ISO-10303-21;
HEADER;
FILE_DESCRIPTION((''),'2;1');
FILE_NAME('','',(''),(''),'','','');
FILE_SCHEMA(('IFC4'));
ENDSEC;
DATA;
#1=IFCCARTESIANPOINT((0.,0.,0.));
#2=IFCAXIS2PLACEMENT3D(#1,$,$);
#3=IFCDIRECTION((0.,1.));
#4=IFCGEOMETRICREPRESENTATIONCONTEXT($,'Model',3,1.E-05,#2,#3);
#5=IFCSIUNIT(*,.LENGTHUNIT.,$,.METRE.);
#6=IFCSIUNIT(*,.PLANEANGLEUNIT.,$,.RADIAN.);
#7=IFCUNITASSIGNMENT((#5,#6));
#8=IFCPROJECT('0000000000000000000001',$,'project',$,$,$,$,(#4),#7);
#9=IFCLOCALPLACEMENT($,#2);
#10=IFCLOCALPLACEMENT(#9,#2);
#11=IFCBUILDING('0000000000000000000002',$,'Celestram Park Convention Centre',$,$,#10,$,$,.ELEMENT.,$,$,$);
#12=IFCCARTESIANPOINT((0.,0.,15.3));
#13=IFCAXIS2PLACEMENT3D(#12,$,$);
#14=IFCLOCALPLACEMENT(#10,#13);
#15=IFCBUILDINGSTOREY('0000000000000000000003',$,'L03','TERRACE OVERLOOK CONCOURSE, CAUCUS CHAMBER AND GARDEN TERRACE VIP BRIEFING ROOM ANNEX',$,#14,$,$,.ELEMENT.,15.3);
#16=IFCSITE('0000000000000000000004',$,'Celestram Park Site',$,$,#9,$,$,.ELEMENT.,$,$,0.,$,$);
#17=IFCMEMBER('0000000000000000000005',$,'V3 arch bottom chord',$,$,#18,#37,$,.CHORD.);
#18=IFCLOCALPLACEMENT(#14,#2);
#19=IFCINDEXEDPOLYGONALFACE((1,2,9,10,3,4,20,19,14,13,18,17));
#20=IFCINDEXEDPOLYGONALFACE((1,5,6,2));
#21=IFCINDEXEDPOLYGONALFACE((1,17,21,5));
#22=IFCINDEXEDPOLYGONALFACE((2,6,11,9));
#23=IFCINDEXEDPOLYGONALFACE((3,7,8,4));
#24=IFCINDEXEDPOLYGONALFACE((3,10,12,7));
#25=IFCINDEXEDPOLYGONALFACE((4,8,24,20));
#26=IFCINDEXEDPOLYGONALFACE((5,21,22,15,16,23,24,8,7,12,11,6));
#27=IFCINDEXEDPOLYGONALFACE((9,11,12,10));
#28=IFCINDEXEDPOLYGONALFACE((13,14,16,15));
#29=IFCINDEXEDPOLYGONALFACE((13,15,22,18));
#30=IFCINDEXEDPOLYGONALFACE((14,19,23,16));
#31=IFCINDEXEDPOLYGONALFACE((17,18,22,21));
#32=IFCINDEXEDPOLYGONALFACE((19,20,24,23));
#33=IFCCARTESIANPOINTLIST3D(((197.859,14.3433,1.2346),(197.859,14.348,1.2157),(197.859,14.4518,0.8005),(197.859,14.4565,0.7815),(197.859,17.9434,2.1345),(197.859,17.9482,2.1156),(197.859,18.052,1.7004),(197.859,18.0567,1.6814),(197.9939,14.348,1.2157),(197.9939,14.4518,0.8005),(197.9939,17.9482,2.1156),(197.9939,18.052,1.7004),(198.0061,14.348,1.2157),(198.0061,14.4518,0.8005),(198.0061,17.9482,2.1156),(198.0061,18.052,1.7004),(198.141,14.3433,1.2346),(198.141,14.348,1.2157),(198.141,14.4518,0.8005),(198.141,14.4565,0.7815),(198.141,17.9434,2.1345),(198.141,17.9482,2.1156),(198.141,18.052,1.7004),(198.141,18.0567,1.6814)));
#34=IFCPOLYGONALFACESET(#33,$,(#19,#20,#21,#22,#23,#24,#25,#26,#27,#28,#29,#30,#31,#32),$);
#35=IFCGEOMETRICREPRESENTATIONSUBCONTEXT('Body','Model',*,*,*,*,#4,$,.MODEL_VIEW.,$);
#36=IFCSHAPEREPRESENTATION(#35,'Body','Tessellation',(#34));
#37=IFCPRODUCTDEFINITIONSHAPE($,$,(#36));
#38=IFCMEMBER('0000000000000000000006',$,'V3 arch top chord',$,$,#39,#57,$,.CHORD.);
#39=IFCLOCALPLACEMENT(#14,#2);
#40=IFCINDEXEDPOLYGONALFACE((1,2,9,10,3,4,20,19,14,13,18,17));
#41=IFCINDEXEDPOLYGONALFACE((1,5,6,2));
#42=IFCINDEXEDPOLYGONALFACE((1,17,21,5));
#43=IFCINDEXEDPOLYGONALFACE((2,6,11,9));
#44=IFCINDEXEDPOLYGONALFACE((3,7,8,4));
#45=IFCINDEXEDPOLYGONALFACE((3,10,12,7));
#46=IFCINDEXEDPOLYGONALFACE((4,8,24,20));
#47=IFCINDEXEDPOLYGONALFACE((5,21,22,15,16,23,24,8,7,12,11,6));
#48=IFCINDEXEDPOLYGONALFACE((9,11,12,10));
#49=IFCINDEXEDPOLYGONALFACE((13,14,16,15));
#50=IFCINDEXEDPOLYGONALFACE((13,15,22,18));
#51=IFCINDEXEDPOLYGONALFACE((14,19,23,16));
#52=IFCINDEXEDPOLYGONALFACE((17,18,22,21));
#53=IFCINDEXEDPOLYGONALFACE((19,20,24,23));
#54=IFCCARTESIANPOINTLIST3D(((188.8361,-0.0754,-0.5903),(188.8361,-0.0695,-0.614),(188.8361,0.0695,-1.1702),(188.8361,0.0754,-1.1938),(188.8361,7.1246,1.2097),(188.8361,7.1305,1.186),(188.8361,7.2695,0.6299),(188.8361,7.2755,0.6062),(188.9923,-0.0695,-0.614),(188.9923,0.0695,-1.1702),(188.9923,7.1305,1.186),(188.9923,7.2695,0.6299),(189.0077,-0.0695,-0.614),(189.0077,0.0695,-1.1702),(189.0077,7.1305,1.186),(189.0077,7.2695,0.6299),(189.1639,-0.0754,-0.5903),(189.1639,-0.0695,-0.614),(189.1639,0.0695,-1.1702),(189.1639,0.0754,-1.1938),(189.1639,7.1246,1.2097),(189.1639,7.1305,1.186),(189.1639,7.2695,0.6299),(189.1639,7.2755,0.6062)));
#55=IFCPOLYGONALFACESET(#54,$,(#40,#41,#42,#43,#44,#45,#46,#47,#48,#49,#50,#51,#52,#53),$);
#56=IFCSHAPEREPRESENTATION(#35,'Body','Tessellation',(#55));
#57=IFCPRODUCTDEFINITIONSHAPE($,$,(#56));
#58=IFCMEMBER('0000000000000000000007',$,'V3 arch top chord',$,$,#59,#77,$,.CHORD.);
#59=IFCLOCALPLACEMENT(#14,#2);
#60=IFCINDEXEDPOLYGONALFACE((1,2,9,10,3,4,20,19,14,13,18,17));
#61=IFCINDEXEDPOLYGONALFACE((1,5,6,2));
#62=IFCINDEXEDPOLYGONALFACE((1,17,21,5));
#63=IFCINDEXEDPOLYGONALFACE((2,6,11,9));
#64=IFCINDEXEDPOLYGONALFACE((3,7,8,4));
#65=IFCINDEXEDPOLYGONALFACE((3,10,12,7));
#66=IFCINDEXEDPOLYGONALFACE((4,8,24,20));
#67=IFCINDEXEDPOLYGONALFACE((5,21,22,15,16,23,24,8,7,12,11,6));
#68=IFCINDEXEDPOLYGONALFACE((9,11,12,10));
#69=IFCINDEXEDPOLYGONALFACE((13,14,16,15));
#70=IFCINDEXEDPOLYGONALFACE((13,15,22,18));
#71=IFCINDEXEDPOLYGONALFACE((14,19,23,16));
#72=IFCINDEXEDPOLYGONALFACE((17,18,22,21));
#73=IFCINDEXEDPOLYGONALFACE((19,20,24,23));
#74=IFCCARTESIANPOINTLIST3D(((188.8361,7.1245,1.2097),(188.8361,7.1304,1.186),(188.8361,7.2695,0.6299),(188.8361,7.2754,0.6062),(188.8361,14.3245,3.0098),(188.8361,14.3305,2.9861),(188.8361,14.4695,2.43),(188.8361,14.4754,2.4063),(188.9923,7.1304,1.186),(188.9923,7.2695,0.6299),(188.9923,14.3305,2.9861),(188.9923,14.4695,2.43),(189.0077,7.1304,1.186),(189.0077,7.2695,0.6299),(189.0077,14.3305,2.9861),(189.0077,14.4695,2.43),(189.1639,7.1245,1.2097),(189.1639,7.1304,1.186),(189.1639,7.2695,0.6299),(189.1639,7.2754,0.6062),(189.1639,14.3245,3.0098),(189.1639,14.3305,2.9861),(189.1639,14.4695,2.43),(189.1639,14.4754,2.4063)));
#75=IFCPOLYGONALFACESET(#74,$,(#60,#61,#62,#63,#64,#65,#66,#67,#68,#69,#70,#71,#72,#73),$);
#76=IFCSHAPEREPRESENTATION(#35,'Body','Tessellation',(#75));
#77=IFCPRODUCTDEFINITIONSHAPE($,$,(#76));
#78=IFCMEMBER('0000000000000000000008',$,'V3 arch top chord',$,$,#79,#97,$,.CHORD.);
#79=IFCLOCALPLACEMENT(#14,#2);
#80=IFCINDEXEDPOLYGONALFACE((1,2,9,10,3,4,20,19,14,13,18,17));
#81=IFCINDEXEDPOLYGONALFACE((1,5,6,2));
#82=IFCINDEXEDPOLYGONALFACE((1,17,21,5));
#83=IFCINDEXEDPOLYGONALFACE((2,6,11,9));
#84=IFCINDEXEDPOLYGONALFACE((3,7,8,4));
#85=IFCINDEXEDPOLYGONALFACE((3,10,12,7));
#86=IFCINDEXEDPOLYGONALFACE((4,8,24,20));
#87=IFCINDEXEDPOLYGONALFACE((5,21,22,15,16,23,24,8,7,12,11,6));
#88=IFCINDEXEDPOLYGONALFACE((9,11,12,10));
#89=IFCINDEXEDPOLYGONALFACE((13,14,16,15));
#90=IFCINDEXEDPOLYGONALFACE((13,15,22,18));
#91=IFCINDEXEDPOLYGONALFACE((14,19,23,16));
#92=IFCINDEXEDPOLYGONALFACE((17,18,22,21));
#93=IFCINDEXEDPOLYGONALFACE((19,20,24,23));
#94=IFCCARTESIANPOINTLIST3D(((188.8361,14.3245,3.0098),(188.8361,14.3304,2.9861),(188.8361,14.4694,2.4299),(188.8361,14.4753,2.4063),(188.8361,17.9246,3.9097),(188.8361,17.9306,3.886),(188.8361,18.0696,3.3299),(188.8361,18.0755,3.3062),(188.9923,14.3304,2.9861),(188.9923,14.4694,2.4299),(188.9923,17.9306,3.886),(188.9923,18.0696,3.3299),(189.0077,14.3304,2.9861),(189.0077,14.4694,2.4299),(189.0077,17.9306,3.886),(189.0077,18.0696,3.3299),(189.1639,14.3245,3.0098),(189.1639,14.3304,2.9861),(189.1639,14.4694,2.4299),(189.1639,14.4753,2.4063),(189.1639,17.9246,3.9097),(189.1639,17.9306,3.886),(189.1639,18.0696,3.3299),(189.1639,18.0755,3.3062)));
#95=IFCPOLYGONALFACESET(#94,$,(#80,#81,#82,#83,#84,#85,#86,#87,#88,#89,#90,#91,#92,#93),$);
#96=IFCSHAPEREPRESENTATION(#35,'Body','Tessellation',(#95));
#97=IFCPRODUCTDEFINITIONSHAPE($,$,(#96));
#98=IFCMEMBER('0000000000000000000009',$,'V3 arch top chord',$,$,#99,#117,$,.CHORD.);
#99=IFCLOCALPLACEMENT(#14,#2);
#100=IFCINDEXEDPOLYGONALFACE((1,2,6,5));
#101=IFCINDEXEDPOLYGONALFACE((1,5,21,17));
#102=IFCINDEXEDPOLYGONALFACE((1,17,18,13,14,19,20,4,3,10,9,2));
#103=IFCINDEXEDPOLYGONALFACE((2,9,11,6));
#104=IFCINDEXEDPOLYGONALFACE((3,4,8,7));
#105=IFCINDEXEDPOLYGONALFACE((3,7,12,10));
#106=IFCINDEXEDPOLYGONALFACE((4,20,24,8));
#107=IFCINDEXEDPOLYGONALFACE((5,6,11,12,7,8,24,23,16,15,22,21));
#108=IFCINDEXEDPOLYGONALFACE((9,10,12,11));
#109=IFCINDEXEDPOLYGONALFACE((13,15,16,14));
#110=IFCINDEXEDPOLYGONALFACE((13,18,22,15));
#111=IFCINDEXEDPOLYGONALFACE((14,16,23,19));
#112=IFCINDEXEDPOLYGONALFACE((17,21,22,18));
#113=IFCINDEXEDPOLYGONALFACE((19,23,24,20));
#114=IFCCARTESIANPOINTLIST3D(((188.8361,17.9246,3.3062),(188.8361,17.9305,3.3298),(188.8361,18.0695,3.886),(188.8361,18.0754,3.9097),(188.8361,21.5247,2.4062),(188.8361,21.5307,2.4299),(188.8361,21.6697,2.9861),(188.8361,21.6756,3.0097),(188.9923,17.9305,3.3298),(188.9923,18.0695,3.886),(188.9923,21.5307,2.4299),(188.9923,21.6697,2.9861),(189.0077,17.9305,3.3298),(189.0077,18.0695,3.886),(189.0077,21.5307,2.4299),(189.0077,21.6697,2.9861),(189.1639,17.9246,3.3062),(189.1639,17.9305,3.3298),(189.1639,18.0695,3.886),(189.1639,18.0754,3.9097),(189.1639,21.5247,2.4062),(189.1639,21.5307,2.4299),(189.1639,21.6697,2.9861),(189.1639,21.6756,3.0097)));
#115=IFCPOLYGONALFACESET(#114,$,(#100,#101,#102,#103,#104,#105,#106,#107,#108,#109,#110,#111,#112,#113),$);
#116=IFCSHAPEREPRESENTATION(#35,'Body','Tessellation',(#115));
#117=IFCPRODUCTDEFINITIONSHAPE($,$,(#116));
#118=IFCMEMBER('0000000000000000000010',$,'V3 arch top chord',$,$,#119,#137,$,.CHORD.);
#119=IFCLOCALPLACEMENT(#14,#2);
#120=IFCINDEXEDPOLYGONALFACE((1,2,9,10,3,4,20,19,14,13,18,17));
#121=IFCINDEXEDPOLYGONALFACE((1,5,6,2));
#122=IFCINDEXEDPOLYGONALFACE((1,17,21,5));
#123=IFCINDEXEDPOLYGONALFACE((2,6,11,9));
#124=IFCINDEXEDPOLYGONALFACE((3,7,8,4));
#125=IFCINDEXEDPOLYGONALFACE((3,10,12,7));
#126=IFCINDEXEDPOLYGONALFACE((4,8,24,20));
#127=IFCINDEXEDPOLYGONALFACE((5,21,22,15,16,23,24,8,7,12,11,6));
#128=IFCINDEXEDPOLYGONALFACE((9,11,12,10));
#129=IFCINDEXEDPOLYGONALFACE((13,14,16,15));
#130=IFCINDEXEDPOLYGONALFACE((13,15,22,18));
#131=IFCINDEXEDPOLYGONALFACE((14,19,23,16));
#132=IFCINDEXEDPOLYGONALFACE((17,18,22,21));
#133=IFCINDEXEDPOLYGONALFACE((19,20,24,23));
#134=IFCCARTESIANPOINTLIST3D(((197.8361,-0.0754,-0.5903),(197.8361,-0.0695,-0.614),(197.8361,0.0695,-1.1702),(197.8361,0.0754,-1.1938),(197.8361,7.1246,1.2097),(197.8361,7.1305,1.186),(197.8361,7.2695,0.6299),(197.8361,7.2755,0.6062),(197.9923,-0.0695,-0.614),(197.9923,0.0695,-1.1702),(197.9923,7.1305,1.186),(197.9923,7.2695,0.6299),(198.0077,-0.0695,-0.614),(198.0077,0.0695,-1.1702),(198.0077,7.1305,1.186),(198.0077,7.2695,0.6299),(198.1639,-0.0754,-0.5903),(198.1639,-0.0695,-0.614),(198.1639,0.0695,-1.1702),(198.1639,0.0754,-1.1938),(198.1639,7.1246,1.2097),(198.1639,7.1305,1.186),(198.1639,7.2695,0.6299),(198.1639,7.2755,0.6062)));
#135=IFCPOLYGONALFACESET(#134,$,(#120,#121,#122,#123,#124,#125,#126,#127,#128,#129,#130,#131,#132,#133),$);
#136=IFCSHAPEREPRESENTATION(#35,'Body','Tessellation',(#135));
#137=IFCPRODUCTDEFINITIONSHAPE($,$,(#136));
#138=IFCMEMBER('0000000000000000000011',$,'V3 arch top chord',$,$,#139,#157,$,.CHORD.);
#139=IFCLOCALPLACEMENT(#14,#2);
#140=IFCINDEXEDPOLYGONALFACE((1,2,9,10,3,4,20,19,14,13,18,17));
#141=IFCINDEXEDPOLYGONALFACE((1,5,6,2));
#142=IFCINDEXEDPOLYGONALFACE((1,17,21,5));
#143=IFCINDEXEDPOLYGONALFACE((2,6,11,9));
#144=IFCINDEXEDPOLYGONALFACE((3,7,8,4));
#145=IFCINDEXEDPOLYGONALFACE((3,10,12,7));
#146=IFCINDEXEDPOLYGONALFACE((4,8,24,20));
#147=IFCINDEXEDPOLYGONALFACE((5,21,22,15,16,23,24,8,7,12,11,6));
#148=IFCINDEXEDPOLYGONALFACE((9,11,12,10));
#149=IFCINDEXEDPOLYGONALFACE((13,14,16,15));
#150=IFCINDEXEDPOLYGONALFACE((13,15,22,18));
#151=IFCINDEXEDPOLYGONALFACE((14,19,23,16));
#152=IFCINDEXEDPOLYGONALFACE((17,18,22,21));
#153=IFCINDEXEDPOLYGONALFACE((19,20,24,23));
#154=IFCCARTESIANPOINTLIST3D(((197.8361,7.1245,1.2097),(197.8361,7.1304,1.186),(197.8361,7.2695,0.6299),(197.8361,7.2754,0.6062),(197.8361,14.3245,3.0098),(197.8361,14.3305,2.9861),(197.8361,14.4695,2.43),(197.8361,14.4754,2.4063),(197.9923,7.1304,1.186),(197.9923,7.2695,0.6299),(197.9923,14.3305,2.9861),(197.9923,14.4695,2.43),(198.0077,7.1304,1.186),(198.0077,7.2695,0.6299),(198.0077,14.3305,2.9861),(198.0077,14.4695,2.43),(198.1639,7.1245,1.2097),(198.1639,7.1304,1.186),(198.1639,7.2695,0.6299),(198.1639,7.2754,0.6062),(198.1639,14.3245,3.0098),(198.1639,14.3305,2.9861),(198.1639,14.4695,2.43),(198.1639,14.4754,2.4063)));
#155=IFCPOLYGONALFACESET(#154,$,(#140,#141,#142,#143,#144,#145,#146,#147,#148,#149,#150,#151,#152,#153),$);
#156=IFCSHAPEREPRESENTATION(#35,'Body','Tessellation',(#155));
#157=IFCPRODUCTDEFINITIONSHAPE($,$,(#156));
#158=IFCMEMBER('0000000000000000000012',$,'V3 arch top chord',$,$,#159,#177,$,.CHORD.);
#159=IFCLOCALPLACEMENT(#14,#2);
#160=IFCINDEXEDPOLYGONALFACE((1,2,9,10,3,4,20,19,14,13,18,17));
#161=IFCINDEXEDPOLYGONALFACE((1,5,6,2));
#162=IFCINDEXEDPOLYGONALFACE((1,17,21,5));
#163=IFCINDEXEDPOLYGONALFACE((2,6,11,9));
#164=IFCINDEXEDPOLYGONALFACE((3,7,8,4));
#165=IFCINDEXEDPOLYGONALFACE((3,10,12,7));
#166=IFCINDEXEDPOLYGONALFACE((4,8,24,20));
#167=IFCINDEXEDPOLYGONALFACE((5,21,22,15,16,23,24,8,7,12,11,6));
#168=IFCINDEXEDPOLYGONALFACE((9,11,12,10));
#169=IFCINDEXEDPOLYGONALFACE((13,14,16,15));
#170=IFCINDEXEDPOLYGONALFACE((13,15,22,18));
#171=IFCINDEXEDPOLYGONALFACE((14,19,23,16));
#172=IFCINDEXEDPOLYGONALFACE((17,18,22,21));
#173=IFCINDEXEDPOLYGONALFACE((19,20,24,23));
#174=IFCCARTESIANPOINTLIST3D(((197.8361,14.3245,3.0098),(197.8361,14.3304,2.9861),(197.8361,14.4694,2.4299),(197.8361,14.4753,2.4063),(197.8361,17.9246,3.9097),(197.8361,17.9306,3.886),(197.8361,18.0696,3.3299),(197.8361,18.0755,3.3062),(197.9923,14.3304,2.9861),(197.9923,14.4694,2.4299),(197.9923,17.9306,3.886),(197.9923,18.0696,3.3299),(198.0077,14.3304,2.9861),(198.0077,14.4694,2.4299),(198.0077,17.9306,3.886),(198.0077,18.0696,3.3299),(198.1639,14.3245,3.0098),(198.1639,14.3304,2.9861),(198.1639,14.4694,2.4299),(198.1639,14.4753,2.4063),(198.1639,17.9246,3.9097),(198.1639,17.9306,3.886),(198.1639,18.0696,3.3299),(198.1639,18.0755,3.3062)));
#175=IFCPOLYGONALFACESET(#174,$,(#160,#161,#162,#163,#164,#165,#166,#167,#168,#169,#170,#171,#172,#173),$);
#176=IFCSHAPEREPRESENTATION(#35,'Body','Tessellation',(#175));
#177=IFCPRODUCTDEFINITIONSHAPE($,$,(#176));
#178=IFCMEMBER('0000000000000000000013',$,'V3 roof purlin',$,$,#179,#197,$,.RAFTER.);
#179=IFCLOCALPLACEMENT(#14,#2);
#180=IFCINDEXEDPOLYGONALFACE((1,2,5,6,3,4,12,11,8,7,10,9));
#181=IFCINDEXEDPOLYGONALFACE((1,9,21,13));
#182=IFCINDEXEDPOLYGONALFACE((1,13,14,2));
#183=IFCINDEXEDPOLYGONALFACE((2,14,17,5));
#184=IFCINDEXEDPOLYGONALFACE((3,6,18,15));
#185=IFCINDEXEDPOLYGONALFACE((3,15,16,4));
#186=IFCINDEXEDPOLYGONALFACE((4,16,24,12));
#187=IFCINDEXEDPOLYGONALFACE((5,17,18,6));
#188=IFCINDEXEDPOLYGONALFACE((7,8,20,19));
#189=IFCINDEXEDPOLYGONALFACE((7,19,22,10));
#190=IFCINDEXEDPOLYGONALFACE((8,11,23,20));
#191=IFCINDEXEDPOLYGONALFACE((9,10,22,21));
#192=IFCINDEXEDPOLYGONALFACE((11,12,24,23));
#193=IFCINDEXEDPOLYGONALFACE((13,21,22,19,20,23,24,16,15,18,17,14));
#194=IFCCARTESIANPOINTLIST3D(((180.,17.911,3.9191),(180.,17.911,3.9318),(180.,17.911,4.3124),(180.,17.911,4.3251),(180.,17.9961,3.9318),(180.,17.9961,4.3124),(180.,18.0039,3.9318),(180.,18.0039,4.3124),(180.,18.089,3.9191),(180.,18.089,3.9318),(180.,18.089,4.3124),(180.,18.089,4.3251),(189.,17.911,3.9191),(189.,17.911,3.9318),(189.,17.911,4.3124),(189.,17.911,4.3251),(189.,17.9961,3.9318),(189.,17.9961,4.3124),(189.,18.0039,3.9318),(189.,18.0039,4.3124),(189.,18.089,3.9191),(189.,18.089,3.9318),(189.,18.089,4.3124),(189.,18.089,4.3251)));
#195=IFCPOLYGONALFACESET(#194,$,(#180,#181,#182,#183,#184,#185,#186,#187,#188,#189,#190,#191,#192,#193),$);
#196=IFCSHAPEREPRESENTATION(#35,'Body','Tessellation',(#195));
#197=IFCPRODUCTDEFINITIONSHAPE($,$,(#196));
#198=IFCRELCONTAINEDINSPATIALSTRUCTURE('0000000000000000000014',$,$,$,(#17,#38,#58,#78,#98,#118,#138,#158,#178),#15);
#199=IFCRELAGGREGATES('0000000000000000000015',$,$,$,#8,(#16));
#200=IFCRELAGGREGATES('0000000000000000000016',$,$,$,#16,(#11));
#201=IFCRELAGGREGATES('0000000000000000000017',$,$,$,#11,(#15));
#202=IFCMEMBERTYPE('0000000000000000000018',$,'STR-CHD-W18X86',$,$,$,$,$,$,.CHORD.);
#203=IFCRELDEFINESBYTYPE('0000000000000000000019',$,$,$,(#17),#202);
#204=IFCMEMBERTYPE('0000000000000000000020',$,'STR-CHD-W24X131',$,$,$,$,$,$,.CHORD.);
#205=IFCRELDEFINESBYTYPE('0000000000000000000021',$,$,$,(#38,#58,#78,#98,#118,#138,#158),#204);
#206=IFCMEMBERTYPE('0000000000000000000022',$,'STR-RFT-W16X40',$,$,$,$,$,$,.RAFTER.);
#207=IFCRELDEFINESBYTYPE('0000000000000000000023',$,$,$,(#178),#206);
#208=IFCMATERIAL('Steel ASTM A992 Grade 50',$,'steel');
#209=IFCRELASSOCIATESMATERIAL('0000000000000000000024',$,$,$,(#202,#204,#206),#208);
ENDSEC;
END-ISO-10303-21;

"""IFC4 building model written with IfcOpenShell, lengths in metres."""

from ifc_helpers import new_model, si_unit, direction, frame, origin, origin_2d, place, context, subcontext, project, spatial, i_section, extrude, material, material_profile, profile_set, type_object, element, save


model = new_model("IFC4")

# Units and contexts
model_context = context("Model", 3, precision=1e-05, world=origin(), true_north=direction((0.0, 1.0)))
body_context = subcontext(model_context, "Body", "Model", "MODEL_VIEW")
ifc_project = project(units=[si_unit("LENGTHUNIT", "METRE"), si_unit("PLANEANGLEUNIT", "RADIAN")], contexts=[model_context])

# Site, building, storey
site_placement = place(None, origin())
site = spatial("IfcSite", under=ifc_project, at=site_placement, Name="Celestram Park Site", CompositionType="ELEMENT", RefElevation=0.0)
building_placement = place(site_placement, origin())
building = spatial("IfcBuilding", under=site, at=building_placement, Name="Celestram Park Convention Centre", CompositionType="ELEMENT")
storey_placement = place(building_placement, frame((0.0, 0.0, 15.3)))
storey = spatial("IfcBuildingStorey", under=building, at=storey_placement, Name="L03", Description="TERRACE OVERLOOK CONCOURSE, CAUCUS CHAMBER AND GARDEN TERRACE VIP BRIEFING ROOM ANNEX", CompositionType="ELEMENT", Elevation=15.3)

# Members
ifc_material_1 = material(Name="Steel ASTM A992 Grade 50", Category="steel")
ifc_material_profile_1 = material_profile(ifc_material_1, i_section(OverallWidth=0.282, OverallDepth=0.467, WebThickness=0.0122, FlangeThickness=0.0195, at=origin_2d()), Name="W18X86")
ifc_profile_set_1 = profile_set([ifc_material_profile_1], Name="Steel ASTM A992 Grade 50")
member_type_1 = type_object("IfcMemberType", Name="STR-CHD-W18X86", PredefinedType="CHORD", material=ifc_profile_set_1)
member_1_placement = place(storey_placement, frame((198.0, 14.3999, 1.0081), z_axis=(0.0, 0.97015, 0.242505), x_axis=(-1.0, 0.0, 0.0)))
element("IfcMember", 1, at=member_1_placement, inside=storey, type_object=member_type_1, Name="V3 arch bottom chord", PredefinedType="CHORD", context=body_context, shape_type="SweptSolid", body=[
    extrude(i_section(OverallWidth=0.282, OverallDepth=0.467, WebThickness=0.0122, FlangeThickness=0.0195, at=origin_2d()), origin(), (0.0, 0.0, 1.0), 3.7109),
])
ifc_material_profile_2 = material_profile(ifc_material_1, i_section(OverallWidth=0.3279, OverallDepth=0.6221, WebThickness=0.0154, FlangeThickness=0.0244, at=origin_2d()), Name="W24X131")
ifc_profile_set_2 = profile_set([ifc_material_profile_2], Name="Steel ASTM A992 Grade 50")
member_type_2 = type_object("IfcMemberType", Name="STR-CHD-W24X131", PredefinedType="CHORD", material=ifc_profile_set_2)
for number, where, z_axis, x_axis, name in (
    (2, (189.0, 0.0, -0.8921), (0.0, 0.970141, 0.242543), (-1.0, 0.0, 0.0), "V3 arch top chord"),
    (3, (189.0, 7.2, 0.908), (0.0, 0.970141, 0.242543), (-1.0, 0.0, 0.0), "V3 arch top chord"),
):
    element("IfcMember", number, at=place(storey_placement, frame(where, z_axis=z_axis, x_axis=x_axis)), inside=storey, type_object=member_type_2, Name=name, PredefinedType="CHORD", context=body_context, shape_type="SweptSolid", body=[
        extrude(i_section(OverallWidth=0.3279, OverallDepth=0.6221, WebThickness=0.0154, FlangeThickness=0.0244, at=origin_2d()), origin(), (0.0, 0.0, 1.0), 7.4216),
    ])
for number, where, z_axis, x_axis, name in (
    (4, (189.0, 14.3999, 2.708), (0.0, 0.97015, 0.242505), (-1.0, 0.0, 0.0), "V3 arch top chord"),
    (5, (189.0, 18.0, 3.6079), (0.0, 0.97015, -0.242505), (-1.0, 0.0, 0.0), "V3 arch top chord"),
):
    element("IfcMember", number, at=place(storey_placement, frame(where, z_axis=z_axis, x_axis=x_axis)), inside=storey, type_object=member_type_2, Name=name, PredefinedType="CHORD", context=body_context, shape_type="SweptSolid", body=[
        extrude(i_section(OverallWidth=0.3279, OverallDepth=0.6221, WebThickness=0.0154, FlangeThickness=0.0244, at=origin_2d()), origin(), (0.0, 0.0, 1.0), 3.7109),
    ])
for number, where, z_axis, x_axis, name in (
    (6, (198.0, 0.0, -0.8921), (0.0, 0.970141, 0.242543), (-1.0, 0.0, 0.0), "V3 arch top chord"),
    (7, (198.0, 7.2, 0.908), (0.0, 0.970141, 0.242543), (-1.0, 0.0, 0.0), "V3 arch top chord"),
):
    element("IfcMember", number, at=place(storey_placement, frame(where, z_axis=z_axis, x_axis=x_axis)), inside=storey, type_object=member_type_2, Name=name, PredefinedType="CHORD", context=body_context, shape_type="SweptSolid", body=[
        extrude(i_section(OverallWidth=0.3279, OverallDepth=0.6221, WebThickness=0.0154, FlangeThickness=0.0244, at=origin_2d()), origin(), (0.0, 0.0, 1.0), 7.4216),
    ])
member_2_placement = place(storey_placement, frame((198.0, 14.3999, 2.708), z_axis=(0.0, 0.97015, 0.242505), x_axis=(-1.0, 0.0, 0.0)))
element("IfcMember", 8, at=member_2_placement, inside=storey, type_object=member_type_2, Name="V3 arch top chord", PredefinedType="CHORD", context=body_context, shape_type="SweptSolid", body=[
    extrude(i_section(OverallWidth=0.3279, OverallDepth=0.6221, WebThickness=0.0154, FlangeThickness=0.0244, at=origin_2d()), origin(), (0.0, 0.0, 1.0), 3.7109),
])
ifc_material_profile_3 = material_profile(ifc_material_1, i_section(OverallWidth=0.178, OverallDepth=0.406, WebThickness=0.0078, FlangeThickness=0.0127, at=origin_2d()), Name="W16X40")
ifc_profile_set_3 = profile_set([ifc_material_profile_3], Name="Steel ASTM A992 Grade 50")
member_type_3 = type_object("IfcMemberType", Name="STR-RFT-W16X40", PredefinedType="RAFTER", material=ifc_profile_set_3)
for number, where, z_axis, x_axis, name in (
    (9, (180.0, 18.0, 4.1221), (1.0, 0.0, 0.0), (0.0, 1.0, 0.0), "V3 roof purlin"),
):
    element("IfcMember", number, at=place(storey_placement, frame(where, z_axis=z_axis, x_axis=x_axis)), inside=storey, type_object=member_type_3, Name=name, PredefinedType="RAFTER", context=body_context, shape_type="SweptSolid", body=[
        extrude(i_section(OverallWidth=0.178, OverallDepth=0.406, WebThickness=0.0078, FlangeThickness=0.0127, at=origin_2d()), origin(), (0.0, 0.0, 1.0), 9.0),
    ])

save(model, "model.ifc")
